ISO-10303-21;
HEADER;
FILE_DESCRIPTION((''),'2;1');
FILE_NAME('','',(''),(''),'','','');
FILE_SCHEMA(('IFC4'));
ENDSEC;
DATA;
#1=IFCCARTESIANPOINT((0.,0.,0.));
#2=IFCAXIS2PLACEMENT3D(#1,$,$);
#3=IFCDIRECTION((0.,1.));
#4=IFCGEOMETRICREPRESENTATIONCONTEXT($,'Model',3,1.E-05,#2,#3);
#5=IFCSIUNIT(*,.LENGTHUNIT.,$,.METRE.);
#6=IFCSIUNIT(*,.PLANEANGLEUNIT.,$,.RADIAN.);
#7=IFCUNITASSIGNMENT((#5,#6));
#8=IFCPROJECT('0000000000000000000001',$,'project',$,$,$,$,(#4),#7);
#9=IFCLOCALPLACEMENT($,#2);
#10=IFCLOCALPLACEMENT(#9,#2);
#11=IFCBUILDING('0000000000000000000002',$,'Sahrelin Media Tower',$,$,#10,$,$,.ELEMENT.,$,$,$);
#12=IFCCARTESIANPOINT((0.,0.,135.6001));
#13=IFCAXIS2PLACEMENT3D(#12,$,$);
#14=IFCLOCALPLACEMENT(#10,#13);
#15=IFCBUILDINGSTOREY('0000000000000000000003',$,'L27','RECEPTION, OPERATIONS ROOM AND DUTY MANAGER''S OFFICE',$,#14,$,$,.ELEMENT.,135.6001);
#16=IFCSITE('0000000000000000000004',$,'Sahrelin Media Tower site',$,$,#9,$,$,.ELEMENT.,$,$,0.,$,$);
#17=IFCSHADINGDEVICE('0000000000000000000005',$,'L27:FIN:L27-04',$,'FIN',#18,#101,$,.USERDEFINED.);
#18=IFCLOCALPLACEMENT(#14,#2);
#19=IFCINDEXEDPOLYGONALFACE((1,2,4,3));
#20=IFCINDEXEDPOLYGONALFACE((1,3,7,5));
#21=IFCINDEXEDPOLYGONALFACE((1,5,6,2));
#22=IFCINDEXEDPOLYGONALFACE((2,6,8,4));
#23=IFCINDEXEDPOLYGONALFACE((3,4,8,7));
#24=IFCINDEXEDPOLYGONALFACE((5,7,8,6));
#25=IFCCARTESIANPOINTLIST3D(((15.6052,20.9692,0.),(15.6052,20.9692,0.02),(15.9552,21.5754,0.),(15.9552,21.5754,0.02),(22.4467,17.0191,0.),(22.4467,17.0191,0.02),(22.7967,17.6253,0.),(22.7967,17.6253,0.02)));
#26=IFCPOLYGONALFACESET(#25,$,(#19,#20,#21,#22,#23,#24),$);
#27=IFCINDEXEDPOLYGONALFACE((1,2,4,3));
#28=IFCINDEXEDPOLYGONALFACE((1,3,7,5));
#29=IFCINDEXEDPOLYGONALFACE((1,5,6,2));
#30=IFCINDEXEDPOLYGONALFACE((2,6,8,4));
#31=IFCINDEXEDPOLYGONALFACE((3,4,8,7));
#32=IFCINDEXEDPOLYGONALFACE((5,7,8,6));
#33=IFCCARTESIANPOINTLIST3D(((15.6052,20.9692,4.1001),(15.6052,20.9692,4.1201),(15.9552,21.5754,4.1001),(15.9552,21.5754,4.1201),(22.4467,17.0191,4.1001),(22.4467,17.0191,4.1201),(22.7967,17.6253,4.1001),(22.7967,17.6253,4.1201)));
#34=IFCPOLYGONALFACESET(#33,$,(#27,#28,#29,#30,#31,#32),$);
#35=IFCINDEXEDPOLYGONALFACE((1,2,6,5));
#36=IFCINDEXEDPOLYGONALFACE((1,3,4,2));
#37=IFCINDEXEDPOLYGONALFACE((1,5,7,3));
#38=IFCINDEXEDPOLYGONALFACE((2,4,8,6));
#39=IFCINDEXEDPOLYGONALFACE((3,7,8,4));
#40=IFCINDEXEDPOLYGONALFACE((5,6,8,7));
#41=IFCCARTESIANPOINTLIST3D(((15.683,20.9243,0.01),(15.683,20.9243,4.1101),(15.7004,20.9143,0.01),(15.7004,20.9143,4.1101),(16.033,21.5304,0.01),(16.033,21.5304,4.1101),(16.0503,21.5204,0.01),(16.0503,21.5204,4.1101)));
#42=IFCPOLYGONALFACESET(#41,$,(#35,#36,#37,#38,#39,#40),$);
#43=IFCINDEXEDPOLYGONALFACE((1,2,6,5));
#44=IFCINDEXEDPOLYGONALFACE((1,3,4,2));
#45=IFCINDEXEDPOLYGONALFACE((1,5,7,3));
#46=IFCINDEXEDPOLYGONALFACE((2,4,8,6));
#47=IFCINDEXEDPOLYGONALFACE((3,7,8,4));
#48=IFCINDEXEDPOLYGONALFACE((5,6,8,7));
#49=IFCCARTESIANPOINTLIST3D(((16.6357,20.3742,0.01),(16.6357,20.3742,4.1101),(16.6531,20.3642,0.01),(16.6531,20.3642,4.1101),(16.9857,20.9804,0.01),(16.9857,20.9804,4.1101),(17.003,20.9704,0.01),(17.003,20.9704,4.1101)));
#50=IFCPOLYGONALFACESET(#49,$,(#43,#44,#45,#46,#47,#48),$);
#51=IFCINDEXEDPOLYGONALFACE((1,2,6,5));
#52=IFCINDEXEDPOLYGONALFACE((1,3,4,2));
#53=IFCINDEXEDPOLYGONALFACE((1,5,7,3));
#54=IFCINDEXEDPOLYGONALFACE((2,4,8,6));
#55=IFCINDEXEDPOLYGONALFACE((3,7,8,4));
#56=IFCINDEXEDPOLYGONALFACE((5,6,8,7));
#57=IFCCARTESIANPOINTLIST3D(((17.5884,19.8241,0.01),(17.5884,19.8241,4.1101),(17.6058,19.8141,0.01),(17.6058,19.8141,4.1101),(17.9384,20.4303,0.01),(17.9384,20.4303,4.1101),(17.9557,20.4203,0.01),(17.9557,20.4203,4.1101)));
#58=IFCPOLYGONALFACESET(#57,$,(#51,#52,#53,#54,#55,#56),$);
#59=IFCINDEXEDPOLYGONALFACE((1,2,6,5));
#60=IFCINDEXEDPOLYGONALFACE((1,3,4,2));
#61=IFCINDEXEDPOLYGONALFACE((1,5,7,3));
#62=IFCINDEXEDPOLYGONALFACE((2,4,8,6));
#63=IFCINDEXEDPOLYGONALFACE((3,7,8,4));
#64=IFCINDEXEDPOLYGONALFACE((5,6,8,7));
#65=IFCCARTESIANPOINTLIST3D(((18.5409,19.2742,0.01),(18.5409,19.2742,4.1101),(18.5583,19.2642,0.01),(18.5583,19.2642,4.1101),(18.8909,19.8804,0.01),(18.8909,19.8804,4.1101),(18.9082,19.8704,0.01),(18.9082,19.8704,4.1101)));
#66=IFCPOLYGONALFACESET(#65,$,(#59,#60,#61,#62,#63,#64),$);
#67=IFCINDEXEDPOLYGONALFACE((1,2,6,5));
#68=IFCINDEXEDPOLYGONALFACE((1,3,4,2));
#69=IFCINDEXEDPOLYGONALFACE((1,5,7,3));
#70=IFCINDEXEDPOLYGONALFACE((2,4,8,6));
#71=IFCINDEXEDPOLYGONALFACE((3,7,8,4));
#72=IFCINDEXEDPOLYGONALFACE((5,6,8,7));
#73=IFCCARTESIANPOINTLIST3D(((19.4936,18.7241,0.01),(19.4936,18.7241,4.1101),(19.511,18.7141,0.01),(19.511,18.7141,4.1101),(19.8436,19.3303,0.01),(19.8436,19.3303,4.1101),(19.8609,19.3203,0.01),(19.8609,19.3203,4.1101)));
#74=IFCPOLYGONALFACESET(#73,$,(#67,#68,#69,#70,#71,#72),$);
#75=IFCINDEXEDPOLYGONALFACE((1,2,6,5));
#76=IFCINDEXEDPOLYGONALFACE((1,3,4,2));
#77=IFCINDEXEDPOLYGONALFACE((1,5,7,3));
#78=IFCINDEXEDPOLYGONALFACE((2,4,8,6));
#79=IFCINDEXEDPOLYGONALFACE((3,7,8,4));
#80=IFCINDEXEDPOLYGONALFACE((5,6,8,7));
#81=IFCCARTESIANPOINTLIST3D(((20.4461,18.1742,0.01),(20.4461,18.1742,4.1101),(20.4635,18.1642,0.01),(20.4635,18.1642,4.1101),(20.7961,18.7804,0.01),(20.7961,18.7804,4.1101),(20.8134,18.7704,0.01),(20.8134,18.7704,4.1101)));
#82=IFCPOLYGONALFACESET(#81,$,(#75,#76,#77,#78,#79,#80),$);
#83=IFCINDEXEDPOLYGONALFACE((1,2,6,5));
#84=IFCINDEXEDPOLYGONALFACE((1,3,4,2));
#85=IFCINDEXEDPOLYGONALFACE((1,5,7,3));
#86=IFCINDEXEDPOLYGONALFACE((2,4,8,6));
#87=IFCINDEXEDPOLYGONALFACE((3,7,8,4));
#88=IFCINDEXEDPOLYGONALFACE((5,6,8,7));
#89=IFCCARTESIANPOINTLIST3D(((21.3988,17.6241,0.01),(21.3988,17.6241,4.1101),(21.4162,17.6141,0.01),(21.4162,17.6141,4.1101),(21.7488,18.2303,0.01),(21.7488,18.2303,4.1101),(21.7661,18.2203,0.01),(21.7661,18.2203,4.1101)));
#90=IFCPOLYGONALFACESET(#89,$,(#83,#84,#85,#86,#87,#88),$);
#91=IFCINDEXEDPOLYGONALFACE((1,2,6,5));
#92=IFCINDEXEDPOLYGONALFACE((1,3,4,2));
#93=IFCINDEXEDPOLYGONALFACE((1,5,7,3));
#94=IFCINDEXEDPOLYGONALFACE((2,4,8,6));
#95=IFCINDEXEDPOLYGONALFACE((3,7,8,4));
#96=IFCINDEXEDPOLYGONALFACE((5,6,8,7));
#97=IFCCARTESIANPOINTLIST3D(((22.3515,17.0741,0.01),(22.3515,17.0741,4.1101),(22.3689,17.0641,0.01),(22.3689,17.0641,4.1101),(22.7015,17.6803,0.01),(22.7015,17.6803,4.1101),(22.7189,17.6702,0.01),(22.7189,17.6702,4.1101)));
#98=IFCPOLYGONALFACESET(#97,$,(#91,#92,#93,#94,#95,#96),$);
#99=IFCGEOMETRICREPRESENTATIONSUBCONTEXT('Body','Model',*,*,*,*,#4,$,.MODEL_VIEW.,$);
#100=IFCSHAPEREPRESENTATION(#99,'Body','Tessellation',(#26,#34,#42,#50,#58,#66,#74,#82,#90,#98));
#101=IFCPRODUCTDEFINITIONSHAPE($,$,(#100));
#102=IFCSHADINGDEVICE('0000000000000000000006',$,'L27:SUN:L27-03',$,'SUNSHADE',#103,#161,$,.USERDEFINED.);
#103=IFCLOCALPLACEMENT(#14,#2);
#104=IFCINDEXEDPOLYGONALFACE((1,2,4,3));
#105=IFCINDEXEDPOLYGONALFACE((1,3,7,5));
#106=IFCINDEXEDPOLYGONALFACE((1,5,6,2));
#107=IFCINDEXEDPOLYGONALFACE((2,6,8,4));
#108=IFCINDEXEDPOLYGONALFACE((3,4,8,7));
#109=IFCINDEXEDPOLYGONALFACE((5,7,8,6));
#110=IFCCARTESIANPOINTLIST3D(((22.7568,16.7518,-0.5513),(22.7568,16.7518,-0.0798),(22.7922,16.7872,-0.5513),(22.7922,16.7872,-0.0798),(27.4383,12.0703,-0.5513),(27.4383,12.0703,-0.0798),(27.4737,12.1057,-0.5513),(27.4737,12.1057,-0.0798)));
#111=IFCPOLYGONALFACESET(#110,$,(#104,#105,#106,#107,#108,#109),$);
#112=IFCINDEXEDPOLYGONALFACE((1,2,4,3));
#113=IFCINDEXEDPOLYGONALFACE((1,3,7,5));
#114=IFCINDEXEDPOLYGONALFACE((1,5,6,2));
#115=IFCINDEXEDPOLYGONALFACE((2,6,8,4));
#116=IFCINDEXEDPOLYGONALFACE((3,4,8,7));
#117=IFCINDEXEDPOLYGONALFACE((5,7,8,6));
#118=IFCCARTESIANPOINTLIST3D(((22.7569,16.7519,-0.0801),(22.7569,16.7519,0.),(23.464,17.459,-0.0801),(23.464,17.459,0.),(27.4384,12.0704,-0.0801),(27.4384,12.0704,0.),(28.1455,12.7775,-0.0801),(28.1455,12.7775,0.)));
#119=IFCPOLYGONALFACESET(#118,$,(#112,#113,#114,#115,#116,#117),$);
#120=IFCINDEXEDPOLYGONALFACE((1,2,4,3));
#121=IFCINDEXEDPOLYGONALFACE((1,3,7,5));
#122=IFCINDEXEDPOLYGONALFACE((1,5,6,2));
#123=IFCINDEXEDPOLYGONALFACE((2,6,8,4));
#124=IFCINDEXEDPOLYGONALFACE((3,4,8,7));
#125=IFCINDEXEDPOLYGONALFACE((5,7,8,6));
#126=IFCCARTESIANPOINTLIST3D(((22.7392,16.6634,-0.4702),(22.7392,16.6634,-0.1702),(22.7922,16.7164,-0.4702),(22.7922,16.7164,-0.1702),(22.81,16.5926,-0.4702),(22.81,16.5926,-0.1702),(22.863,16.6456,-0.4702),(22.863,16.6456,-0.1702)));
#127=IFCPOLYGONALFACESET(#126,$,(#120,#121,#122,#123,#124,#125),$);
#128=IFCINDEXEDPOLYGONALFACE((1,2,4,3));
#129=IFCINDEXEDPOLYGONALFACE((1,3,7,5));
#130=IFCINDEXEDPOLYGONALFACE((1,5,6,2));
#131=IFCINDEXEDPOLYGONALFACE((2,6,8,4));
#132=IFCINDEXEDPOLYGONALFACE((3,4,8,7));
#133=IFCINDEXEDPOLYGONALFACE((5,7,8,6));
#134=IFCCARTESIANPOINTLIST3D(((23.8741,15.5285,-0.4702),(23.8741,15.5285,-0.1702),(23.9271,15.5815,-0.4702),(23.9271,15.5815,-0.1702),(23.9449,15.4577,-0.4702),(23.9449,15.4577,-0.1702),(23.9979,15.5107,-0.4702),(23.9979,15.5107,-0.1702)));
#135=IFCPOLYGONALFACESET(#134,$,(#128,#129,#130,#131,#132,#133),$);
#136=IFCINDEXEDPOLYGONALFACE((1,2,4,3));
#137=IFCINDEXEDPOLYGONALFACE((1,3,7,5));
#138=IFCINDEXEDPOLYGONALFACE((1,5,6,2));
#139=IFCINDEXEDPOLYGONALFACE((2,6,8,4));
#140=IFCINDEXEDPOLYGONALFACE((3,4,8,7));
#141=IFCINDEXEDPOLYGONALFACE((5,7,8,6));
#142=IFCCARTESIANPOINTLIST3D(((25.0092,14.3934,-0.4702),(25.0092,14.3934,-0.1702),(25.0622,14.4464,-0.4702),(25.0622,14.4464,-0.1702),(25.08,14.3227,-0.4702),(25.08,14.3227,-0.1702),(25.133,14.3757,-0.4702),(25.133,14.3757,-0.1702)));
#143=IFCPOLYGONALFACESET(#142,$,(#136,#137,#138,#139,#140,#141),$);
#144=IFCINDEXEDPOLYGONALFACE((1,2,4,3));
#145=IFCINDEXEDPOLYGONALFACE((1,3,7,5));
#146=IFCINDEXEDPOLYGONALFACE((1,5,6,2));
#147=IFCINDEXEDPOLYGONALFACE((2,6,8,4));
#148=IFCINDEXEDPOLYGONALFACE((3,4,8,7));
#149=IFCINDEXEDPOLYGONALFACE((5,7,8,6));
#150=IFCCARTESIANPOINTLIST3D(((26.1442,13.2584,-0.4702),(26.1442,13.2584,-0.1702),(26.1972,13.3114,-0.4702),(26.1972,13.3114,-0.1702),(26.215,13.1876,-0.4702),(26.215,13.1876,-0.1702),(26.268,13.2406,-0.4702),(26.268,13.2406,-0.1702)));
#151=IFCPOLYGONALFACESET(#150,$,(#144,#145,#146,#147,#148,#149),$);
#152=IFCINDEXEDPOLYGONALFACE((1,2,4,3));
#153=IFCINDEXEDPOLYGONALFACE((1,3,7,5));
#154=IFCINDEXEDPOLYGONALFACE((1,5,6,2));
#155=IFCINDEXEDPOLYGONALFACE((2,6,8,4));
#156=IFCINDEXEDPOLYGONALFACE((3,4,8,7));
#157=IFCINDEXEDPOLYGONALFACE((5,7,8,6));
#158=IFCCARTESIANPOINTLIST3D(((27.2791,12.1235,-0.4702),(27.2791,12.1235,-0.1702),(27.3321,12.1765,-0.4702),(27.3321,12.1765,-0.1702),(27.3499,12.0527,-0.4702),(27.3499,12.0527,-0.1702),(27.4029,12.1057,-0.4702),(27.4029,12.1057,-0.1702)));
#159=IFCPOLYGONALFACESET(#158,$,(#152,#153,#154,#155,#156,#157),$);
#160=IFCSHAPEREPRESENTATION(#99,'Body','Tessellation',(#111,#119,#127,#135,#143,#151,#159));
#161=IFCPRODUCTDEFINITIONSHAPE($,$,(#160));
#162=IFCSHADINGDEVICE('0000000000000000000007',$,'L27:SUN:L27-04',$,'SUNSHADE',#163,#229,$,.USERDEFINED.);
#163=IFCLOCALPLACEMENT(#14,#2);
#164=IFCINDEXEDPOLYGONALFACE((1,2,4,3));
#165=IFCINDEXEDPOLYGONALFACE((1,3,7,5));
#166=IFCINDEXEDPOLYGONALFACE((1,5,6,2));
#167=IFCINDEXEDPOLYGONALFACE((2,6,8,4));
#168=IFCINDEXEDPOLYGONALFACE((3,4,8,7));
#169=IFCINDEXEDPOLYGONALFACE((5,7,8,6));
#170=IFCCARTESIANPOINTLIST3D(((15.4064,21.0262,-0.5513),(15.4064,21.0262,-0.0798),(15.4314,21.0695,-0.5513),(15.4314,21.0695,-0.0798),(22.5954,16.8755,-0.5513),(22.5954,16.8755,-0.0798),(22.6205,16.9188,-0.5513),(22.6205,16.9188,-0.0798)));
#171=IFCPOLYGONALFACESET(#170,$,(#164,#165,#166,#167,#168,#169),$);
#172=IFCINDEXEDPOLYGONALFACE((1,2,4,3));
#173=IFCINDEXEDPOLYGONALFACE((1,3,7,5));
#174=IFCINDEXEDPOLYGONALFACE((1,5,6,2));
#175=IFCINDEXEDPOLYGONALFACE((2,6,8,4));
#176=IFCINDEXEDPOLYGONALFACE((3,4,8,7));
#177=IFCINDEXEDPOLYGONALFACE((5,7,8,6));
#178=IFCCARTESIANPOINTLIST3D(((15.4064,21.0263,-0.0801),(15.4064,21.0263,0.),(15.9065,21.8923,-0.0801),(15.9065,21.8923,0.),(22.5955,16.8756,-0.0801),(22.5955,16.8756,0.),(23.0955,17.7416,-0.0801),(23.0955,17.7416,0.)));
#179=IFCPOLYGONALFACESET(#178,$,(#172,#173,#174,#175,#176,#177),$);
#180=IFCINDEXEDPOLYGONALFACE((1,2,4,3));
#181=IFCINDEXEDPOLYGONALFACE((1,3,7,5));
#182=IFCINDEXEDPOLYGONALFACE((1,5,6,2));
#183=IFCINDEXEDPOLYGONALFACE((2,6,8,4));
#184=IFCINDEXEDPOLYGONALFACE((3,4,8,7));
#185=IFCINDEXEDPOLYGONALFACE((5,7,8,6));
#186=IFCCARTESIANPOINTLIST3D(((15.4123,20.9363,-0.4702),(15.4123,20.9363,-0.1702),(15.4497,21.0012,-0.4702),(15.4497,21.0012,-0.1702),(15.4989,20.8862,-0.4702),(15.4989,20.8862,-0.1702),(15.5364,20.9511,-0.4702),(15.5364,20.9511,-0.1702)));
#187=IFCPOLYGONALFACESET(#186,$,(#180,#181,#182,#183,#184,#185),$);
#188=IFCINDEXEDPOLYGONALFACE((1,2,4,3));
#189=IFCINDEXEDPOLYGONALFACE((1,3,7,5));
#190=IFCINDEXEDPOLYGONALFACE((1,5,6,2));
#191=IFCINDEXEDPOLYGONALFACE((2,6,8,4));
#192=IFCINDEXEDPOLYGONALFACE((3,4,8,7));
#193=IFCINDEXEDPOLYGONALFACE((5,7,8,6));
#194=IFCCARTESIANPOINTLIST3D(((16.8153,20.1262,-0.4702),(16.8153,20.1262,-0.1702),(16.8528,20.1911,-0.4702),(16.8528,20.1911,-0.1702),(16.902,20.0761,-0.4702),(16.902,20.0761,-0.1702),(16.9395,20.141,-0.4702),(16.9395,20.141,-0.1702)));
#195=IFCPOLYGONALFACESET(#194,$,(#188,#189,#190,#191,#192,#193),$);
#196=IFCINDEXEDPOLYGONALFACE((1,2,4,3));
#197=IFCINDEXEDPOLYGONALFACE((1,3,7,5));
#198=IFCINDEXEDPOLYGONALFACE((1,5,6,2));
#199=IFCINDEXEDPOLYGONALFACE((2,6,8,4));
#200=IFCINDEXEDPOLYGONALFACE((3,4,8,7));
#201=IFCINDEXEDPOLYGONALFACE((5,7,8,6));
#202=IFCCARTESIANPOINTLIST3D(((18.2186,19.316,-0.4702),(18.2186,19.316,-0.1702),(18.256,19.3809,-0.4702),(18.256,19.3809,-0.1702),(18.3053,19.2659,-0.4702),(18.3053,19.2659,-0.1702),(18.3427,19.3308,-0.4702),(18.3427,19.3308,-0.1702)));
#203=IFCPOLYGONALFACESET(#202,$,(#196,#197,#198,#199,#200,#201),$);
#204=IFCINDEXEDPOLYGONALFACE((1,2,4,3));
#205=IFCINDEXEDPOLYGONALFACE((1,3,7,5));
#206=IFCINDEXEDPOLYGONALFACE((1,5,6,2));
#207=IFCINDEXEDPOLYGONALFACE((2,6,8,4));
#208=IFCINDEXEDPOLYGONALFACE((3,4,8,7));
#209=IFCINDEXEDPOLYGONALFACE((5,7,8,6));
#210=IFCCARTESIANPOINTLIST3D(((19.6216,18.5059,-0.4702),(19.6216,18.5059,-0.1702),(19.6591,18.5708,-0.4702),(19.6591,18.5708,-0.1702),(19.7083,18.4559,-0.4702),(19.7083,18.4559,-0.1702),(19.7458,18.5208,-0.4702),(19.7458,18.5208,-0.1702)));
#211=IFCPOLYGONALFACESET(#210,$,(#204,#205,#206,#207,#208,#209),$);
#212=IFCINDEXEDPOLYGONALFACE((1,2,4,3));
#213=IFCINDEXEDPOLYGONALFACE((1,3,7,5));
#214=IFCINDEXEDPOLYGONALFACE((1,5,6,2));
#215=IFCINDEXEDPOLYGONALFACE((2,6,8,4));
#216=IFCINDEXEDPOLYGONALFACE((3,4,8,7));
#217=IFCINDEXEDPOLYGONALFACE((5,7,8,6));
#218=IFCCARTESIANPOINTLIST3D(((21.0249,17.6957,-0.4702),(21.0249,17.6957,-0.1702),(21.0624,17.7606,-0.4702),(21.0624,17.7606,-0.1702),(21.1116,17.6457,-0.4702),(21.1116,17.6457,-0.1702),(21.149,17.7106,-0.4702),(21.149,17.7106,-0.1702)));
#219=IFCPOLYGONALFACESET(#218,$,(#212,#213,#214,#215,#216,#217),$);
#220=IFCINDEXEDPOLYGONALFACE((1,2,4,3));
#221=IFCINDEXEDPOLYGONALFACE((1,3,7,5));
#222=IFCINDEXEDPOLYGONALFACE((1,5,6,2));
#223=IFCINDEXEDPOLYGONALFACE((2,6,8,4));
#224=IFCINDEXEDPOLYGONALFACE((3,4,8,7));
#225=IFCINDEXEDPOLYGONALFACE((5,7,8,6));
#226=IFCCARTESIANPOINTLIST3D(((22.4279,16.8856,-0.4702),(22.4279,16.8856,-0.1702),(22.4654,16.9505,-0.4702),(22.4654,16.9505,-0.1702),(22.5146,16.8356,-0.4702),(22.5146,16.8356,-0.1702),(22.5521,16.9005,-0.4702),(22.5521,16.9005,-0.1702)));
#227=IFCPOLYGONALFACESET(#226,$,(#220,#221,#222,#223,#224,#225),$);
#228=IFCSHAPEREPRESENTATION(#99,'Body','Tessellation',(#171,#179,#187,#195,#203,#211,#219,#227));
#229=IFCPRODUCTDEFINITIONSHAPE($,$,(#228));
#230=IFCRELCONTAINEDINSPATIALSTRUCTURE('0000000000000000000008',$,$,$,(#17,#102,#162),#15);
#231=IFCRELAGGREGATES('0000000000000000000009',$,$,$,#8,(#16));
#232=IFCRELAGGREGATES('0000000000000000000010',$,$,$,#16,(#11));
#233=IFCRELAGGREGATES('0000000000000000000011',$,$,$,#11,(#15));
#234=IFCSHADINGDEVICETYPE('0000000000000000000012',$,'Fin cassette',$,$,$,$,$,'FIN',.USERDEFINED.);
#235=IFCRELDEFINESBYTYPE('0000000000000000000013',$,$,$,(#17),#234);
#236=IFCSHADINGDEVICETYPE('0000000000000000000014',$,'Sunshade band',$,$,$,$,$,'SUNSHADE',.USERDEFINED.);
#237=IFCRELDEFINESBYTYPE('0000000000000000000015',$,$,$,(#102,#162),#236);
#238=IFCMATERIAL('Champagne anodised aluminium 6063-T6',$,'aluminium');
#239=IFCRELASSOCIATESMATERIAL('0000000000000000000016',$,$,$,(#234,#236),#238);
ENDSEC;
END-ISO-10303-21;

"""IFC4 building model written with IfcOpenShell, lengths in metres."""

from ifc_helpers import new_model, si_unit, direction, frame, origin, origin_2d, place, context, subcontext, project, spatial, rectangle, extrude, material, type_object, element, save


model = new_model("IFC4")

# Units and contexts
model_context = context("Model", 3, precision=1e-05, world=origin(), true_north=direction((0.0, 1.0)))
body_context = subcontext(model_context, "Body", "Model", "MODEL_VIEW")
ifc_project = project(units=[si_unit("LENGTHUNIT", "METRE"), si_unit("PLANEANGLEUNIT", "RADIAN")], contexts=[model_context])

# Site, building, storey
site_placement = place(None, origin())
site = spatial("IfcSite", under=ifc_project, at=site_placement, Name="Sahrelin Media Tower site", CompositionType="ELEMENT", RefElevation=0.0)
building_placement = place(site_placement, origin())
building = spatial("IfcBuilding", under=site, at=building_placement, Name="Sahrelin Media Tower", CompositionType="ELEMENT")
storey_placement = place(building_placement, frame((0.0, 0.0, 135.6001)))
storey = spatial("IfcBuildingStorey", under=building, at=storey_placement, Name="L27", Description="RECEPTION, OPERATIONS ROOM AND DUTY MANAGER'S OFFICE", CompositionType="ELEMENT", Elevation=135.6001)

# Shared definitions
ifc_material_1 = material(Name="Champagne anodised aluminium 6063-T6", Category="aluminium")

# Shading devices
shading_device_type_1 = type_object("IfcShadingDeviceType", Name="Fin cassette", ElementType="FIN", PredefinedType="USERDEFINED", material=ifc_material_1)
placement_1 = place(storey_placement, frame((25.0835, 14.397, 0.0), z_axis=(0.0, 0.0, 1.0), x_axis=(0.707107, -0.707107, 0.0)))
placement_2 = place(storey_placement, frame((18.991, 18.9336, 0.0), z_axis=(0.0, 0.0, 1.0), x_axis=(0.866019, -0.500011, 0.0)))
element("IfcShadingDevice", 1, at=placement_2, inside=storey, type_object=shading_device_type_1, Name="L27:FIN:L27-04", ObjectType="FIN", PredefinedType="USERDEFINED", context=body_context, shape_type="SweptSolid", body=[
    extrude(rectangle(XDim=7.8999, YDim=0.7, at=origin_2d()), frame((0.0, 0.4199, 0.0)), (0.0, 0.0, 1.0), 0.02),
    extrude(rectangle(XDim=7.8999, YDim=0.7, at=origin_2d()), frame((0.0, 0.4199, 4.1001)), (0.0, 0.0, 1.0), 0.02),
    extrude(rectangle(XDim=0.02, YDim=0.7, at=origin_2d()), frame((-3.8501, 0.4199, 0.01), z_axis=(0.0, 0.0, 1.0), x_axis=(1.0, 0.0, 0.0)), (0.0, 0.0, 1.0), 4.1001),
    extrude(rectangle(XDim=0.02, YDim=0.7, at=origin_2d()), frame((-2.75, 0.4199, 0.01), z_axis=(0.0, 0.0, 1.0), x_axis=(1.0, 0.0, 0.0)), (0.0, 0.0, 1.0), 4.1001),
    extrude(rectangle(XDim=0.02, YDim=0.7, at=origin_2d()), frame((-1.6499, 0.4199, 0.01), z_axis=(0.0, 0.0, 1.0), x_axis=(1.0, 0.0, 0.0)), (0.0, 0.0, 1.0), 4.1001),
    extrude(rectangle(XDim=0.02, YDim=0.7, at=origin_2d()), frame((-0.55, 0.4199, 0.01), z_axis=(0.0, 0.0, 1.0), x_axis=(1.0, 0.0, 0.0)), (0.0, 0.0, 1.0), 4.1001),
    extrude(rectangle(XDim=0.02, YDim=0.7, at=origin_2d()), frame((0.55, 0.4199, 0.01), z_axis=(0.0, 0.0, 1.0), x_axis=(1.0, 0.0, 0.0)), (0.0, 0.0, 1.0), 4.1001),
    extrude(rectangle(XDim=0.02, YDim=0.7, at=origin_2d()), frame((1.6499, 0.4199, 0.01), z_axis=(0.0, 0.0, 1.0), x_axis=(1.0, 0.0, 0.0)), (0.0, 0.0, 1.0), 4.1001),
    extrude(rectangle(XDim=0.02, YDim=0.7, at=origin_2d()), frame((2.75, 0.4199, 0.01), z_axis=(0.0, 0.0, 1.0), x_axis=(1.0, 0.0, 0.0)), (0.0, 0.0, 1.0), 4.1001),
    extrude(rectangle(XDim=0.02, YDim=0.7, at=origin_2d()), frame((3.8501, 0.4199, 0.01), z_axis=(0.0, 0.0, 1.0), x_axis=(1.0, 0.0, 0.0)), (0.0, 0.0, 1.0), 4.1001),
])
shading_device_type_2 = type_object("IfcShadingDeviceType", Name="Sunshade band", ElementType="SUNSHADE", PredefinedType="USERDEFINED", material=ifc_material_1)
element("IfcShadingDevice", 2, at=placement_1, inside=storey, type_object=shading_device_type_2, Name="L27:SUN:L27-03", ObjectType="SUNSHADE", PredefinedType="USERDEFINED", context=body_context, shape_type="SweptSolid", body=[
    extrude(rectangle(XDim=6.6206, YDim=0.05, at=origin_2d()), frame((0.0, 0.0449, -0.5513)), (0.0, 0.0, 1.0), 0.4714),
    extrude(rectangle(XDim=6.6206, YDim=1.0, at=origin_2d()), frame((0.0, 0.52, -0.0801)), (0.0, 0.0, 1.0), 0.0801),
    extrude(rectangle(XDim=0.1001, YDim=0.075, at=origin_2d()), frame((-3.2102, -0.0176, -0.4702)), (0.0, 0.0, 1.0), 0.3),
    extrude(rectangle(XDim=0.1001, YDim=0.075, at=origin_2d()), frame((-1.6052, -0.0176, -0.4702)), (0.0, 0.0, 1.0), 0.3),
    extrude(rectangle(XDim=0.1001, YDim=0.075, at=origin_2d()), frame((0.0, -0.0176, -0.4702)), (0.0, 0.0, 1.0), 0.3),
    extrude(rectangle(XDim=0.1001, YDim=0.075, at=origin_2d()), frame((1.6052, -0.0176, -0.4702)), (0.0, 0.0, 1.0), 0.3),
    extrude(rectangle(XDim=0.1001, YDim=0.075, at=origin_2d()), frame((3.2102, -0.0176, -0.4702)), (0.0, 0.0, 1.0), 0.3),
])
element("IfcShadingDevice", 3, at=placement_2, inside=storey, type_object=shading_device_type_2, Name="L27:SUN:L27-04", ObjectType="SUNSHADE", PredefinedType="USERDEFINED", context=body_context, shape_type="SweptSolid", body=[
    extrude(rectangle(XDim=8.3013, YDim=0.05, at=origin_2d()), frame((0.0, 0.0449, -0.5513)), (0.0, 0.0, 1.0), 0.4714),
    extrude(rectangle(XDim=8.3013, YDim=1.0, at=origin_2d()), frame((0.0, 0.52, -0.0801)), (0.0, 0.0, 1.0), 0.0801),
    extrude(rectangle(XDim=0.1001, YDim=0.075, at=origin_2d()), frame((-4.0505, -0.0176, -0.4702)), (0.0, 0.0, 1.0), 0.3),
    extrude(rectangle(XDim=0.1001, YDim=0.075, at=origin_2d()), frame((-2.4304, -0.0176, -0.4702)), (0.0, 0.0, 1.0), 0.3),
    extrude(rectangle(XDim=0.1001, YDim=0.075, at=origin_2d()), frame((-0.8101, -0.0176, -0.4702)), (0.0, 0.0, 1.0), 0.3),
    extrude(rectangle(XDim=0.1001, YDim=0.075, at=origin_2d()), frame((0.8101, -0.0176, -0.4702)), (0.0, 0.0, 1.0), 0.3),
    extrude(rectangle(XDim=0.1001, YDim=0.075, at=origin_2d()), frame((2.4304, -0.0176, -0.4702)), (0.0, 0.0, 1.0), 0.3),
    extrude(rectangle(XDim=0.1001, YDim=0.075, at=origin_2d()), frame((4.0505, -0.0176, -0.4702)), (0.0, 0.0, 1.0), 0.3),
])

save(model, "model.ifc")
